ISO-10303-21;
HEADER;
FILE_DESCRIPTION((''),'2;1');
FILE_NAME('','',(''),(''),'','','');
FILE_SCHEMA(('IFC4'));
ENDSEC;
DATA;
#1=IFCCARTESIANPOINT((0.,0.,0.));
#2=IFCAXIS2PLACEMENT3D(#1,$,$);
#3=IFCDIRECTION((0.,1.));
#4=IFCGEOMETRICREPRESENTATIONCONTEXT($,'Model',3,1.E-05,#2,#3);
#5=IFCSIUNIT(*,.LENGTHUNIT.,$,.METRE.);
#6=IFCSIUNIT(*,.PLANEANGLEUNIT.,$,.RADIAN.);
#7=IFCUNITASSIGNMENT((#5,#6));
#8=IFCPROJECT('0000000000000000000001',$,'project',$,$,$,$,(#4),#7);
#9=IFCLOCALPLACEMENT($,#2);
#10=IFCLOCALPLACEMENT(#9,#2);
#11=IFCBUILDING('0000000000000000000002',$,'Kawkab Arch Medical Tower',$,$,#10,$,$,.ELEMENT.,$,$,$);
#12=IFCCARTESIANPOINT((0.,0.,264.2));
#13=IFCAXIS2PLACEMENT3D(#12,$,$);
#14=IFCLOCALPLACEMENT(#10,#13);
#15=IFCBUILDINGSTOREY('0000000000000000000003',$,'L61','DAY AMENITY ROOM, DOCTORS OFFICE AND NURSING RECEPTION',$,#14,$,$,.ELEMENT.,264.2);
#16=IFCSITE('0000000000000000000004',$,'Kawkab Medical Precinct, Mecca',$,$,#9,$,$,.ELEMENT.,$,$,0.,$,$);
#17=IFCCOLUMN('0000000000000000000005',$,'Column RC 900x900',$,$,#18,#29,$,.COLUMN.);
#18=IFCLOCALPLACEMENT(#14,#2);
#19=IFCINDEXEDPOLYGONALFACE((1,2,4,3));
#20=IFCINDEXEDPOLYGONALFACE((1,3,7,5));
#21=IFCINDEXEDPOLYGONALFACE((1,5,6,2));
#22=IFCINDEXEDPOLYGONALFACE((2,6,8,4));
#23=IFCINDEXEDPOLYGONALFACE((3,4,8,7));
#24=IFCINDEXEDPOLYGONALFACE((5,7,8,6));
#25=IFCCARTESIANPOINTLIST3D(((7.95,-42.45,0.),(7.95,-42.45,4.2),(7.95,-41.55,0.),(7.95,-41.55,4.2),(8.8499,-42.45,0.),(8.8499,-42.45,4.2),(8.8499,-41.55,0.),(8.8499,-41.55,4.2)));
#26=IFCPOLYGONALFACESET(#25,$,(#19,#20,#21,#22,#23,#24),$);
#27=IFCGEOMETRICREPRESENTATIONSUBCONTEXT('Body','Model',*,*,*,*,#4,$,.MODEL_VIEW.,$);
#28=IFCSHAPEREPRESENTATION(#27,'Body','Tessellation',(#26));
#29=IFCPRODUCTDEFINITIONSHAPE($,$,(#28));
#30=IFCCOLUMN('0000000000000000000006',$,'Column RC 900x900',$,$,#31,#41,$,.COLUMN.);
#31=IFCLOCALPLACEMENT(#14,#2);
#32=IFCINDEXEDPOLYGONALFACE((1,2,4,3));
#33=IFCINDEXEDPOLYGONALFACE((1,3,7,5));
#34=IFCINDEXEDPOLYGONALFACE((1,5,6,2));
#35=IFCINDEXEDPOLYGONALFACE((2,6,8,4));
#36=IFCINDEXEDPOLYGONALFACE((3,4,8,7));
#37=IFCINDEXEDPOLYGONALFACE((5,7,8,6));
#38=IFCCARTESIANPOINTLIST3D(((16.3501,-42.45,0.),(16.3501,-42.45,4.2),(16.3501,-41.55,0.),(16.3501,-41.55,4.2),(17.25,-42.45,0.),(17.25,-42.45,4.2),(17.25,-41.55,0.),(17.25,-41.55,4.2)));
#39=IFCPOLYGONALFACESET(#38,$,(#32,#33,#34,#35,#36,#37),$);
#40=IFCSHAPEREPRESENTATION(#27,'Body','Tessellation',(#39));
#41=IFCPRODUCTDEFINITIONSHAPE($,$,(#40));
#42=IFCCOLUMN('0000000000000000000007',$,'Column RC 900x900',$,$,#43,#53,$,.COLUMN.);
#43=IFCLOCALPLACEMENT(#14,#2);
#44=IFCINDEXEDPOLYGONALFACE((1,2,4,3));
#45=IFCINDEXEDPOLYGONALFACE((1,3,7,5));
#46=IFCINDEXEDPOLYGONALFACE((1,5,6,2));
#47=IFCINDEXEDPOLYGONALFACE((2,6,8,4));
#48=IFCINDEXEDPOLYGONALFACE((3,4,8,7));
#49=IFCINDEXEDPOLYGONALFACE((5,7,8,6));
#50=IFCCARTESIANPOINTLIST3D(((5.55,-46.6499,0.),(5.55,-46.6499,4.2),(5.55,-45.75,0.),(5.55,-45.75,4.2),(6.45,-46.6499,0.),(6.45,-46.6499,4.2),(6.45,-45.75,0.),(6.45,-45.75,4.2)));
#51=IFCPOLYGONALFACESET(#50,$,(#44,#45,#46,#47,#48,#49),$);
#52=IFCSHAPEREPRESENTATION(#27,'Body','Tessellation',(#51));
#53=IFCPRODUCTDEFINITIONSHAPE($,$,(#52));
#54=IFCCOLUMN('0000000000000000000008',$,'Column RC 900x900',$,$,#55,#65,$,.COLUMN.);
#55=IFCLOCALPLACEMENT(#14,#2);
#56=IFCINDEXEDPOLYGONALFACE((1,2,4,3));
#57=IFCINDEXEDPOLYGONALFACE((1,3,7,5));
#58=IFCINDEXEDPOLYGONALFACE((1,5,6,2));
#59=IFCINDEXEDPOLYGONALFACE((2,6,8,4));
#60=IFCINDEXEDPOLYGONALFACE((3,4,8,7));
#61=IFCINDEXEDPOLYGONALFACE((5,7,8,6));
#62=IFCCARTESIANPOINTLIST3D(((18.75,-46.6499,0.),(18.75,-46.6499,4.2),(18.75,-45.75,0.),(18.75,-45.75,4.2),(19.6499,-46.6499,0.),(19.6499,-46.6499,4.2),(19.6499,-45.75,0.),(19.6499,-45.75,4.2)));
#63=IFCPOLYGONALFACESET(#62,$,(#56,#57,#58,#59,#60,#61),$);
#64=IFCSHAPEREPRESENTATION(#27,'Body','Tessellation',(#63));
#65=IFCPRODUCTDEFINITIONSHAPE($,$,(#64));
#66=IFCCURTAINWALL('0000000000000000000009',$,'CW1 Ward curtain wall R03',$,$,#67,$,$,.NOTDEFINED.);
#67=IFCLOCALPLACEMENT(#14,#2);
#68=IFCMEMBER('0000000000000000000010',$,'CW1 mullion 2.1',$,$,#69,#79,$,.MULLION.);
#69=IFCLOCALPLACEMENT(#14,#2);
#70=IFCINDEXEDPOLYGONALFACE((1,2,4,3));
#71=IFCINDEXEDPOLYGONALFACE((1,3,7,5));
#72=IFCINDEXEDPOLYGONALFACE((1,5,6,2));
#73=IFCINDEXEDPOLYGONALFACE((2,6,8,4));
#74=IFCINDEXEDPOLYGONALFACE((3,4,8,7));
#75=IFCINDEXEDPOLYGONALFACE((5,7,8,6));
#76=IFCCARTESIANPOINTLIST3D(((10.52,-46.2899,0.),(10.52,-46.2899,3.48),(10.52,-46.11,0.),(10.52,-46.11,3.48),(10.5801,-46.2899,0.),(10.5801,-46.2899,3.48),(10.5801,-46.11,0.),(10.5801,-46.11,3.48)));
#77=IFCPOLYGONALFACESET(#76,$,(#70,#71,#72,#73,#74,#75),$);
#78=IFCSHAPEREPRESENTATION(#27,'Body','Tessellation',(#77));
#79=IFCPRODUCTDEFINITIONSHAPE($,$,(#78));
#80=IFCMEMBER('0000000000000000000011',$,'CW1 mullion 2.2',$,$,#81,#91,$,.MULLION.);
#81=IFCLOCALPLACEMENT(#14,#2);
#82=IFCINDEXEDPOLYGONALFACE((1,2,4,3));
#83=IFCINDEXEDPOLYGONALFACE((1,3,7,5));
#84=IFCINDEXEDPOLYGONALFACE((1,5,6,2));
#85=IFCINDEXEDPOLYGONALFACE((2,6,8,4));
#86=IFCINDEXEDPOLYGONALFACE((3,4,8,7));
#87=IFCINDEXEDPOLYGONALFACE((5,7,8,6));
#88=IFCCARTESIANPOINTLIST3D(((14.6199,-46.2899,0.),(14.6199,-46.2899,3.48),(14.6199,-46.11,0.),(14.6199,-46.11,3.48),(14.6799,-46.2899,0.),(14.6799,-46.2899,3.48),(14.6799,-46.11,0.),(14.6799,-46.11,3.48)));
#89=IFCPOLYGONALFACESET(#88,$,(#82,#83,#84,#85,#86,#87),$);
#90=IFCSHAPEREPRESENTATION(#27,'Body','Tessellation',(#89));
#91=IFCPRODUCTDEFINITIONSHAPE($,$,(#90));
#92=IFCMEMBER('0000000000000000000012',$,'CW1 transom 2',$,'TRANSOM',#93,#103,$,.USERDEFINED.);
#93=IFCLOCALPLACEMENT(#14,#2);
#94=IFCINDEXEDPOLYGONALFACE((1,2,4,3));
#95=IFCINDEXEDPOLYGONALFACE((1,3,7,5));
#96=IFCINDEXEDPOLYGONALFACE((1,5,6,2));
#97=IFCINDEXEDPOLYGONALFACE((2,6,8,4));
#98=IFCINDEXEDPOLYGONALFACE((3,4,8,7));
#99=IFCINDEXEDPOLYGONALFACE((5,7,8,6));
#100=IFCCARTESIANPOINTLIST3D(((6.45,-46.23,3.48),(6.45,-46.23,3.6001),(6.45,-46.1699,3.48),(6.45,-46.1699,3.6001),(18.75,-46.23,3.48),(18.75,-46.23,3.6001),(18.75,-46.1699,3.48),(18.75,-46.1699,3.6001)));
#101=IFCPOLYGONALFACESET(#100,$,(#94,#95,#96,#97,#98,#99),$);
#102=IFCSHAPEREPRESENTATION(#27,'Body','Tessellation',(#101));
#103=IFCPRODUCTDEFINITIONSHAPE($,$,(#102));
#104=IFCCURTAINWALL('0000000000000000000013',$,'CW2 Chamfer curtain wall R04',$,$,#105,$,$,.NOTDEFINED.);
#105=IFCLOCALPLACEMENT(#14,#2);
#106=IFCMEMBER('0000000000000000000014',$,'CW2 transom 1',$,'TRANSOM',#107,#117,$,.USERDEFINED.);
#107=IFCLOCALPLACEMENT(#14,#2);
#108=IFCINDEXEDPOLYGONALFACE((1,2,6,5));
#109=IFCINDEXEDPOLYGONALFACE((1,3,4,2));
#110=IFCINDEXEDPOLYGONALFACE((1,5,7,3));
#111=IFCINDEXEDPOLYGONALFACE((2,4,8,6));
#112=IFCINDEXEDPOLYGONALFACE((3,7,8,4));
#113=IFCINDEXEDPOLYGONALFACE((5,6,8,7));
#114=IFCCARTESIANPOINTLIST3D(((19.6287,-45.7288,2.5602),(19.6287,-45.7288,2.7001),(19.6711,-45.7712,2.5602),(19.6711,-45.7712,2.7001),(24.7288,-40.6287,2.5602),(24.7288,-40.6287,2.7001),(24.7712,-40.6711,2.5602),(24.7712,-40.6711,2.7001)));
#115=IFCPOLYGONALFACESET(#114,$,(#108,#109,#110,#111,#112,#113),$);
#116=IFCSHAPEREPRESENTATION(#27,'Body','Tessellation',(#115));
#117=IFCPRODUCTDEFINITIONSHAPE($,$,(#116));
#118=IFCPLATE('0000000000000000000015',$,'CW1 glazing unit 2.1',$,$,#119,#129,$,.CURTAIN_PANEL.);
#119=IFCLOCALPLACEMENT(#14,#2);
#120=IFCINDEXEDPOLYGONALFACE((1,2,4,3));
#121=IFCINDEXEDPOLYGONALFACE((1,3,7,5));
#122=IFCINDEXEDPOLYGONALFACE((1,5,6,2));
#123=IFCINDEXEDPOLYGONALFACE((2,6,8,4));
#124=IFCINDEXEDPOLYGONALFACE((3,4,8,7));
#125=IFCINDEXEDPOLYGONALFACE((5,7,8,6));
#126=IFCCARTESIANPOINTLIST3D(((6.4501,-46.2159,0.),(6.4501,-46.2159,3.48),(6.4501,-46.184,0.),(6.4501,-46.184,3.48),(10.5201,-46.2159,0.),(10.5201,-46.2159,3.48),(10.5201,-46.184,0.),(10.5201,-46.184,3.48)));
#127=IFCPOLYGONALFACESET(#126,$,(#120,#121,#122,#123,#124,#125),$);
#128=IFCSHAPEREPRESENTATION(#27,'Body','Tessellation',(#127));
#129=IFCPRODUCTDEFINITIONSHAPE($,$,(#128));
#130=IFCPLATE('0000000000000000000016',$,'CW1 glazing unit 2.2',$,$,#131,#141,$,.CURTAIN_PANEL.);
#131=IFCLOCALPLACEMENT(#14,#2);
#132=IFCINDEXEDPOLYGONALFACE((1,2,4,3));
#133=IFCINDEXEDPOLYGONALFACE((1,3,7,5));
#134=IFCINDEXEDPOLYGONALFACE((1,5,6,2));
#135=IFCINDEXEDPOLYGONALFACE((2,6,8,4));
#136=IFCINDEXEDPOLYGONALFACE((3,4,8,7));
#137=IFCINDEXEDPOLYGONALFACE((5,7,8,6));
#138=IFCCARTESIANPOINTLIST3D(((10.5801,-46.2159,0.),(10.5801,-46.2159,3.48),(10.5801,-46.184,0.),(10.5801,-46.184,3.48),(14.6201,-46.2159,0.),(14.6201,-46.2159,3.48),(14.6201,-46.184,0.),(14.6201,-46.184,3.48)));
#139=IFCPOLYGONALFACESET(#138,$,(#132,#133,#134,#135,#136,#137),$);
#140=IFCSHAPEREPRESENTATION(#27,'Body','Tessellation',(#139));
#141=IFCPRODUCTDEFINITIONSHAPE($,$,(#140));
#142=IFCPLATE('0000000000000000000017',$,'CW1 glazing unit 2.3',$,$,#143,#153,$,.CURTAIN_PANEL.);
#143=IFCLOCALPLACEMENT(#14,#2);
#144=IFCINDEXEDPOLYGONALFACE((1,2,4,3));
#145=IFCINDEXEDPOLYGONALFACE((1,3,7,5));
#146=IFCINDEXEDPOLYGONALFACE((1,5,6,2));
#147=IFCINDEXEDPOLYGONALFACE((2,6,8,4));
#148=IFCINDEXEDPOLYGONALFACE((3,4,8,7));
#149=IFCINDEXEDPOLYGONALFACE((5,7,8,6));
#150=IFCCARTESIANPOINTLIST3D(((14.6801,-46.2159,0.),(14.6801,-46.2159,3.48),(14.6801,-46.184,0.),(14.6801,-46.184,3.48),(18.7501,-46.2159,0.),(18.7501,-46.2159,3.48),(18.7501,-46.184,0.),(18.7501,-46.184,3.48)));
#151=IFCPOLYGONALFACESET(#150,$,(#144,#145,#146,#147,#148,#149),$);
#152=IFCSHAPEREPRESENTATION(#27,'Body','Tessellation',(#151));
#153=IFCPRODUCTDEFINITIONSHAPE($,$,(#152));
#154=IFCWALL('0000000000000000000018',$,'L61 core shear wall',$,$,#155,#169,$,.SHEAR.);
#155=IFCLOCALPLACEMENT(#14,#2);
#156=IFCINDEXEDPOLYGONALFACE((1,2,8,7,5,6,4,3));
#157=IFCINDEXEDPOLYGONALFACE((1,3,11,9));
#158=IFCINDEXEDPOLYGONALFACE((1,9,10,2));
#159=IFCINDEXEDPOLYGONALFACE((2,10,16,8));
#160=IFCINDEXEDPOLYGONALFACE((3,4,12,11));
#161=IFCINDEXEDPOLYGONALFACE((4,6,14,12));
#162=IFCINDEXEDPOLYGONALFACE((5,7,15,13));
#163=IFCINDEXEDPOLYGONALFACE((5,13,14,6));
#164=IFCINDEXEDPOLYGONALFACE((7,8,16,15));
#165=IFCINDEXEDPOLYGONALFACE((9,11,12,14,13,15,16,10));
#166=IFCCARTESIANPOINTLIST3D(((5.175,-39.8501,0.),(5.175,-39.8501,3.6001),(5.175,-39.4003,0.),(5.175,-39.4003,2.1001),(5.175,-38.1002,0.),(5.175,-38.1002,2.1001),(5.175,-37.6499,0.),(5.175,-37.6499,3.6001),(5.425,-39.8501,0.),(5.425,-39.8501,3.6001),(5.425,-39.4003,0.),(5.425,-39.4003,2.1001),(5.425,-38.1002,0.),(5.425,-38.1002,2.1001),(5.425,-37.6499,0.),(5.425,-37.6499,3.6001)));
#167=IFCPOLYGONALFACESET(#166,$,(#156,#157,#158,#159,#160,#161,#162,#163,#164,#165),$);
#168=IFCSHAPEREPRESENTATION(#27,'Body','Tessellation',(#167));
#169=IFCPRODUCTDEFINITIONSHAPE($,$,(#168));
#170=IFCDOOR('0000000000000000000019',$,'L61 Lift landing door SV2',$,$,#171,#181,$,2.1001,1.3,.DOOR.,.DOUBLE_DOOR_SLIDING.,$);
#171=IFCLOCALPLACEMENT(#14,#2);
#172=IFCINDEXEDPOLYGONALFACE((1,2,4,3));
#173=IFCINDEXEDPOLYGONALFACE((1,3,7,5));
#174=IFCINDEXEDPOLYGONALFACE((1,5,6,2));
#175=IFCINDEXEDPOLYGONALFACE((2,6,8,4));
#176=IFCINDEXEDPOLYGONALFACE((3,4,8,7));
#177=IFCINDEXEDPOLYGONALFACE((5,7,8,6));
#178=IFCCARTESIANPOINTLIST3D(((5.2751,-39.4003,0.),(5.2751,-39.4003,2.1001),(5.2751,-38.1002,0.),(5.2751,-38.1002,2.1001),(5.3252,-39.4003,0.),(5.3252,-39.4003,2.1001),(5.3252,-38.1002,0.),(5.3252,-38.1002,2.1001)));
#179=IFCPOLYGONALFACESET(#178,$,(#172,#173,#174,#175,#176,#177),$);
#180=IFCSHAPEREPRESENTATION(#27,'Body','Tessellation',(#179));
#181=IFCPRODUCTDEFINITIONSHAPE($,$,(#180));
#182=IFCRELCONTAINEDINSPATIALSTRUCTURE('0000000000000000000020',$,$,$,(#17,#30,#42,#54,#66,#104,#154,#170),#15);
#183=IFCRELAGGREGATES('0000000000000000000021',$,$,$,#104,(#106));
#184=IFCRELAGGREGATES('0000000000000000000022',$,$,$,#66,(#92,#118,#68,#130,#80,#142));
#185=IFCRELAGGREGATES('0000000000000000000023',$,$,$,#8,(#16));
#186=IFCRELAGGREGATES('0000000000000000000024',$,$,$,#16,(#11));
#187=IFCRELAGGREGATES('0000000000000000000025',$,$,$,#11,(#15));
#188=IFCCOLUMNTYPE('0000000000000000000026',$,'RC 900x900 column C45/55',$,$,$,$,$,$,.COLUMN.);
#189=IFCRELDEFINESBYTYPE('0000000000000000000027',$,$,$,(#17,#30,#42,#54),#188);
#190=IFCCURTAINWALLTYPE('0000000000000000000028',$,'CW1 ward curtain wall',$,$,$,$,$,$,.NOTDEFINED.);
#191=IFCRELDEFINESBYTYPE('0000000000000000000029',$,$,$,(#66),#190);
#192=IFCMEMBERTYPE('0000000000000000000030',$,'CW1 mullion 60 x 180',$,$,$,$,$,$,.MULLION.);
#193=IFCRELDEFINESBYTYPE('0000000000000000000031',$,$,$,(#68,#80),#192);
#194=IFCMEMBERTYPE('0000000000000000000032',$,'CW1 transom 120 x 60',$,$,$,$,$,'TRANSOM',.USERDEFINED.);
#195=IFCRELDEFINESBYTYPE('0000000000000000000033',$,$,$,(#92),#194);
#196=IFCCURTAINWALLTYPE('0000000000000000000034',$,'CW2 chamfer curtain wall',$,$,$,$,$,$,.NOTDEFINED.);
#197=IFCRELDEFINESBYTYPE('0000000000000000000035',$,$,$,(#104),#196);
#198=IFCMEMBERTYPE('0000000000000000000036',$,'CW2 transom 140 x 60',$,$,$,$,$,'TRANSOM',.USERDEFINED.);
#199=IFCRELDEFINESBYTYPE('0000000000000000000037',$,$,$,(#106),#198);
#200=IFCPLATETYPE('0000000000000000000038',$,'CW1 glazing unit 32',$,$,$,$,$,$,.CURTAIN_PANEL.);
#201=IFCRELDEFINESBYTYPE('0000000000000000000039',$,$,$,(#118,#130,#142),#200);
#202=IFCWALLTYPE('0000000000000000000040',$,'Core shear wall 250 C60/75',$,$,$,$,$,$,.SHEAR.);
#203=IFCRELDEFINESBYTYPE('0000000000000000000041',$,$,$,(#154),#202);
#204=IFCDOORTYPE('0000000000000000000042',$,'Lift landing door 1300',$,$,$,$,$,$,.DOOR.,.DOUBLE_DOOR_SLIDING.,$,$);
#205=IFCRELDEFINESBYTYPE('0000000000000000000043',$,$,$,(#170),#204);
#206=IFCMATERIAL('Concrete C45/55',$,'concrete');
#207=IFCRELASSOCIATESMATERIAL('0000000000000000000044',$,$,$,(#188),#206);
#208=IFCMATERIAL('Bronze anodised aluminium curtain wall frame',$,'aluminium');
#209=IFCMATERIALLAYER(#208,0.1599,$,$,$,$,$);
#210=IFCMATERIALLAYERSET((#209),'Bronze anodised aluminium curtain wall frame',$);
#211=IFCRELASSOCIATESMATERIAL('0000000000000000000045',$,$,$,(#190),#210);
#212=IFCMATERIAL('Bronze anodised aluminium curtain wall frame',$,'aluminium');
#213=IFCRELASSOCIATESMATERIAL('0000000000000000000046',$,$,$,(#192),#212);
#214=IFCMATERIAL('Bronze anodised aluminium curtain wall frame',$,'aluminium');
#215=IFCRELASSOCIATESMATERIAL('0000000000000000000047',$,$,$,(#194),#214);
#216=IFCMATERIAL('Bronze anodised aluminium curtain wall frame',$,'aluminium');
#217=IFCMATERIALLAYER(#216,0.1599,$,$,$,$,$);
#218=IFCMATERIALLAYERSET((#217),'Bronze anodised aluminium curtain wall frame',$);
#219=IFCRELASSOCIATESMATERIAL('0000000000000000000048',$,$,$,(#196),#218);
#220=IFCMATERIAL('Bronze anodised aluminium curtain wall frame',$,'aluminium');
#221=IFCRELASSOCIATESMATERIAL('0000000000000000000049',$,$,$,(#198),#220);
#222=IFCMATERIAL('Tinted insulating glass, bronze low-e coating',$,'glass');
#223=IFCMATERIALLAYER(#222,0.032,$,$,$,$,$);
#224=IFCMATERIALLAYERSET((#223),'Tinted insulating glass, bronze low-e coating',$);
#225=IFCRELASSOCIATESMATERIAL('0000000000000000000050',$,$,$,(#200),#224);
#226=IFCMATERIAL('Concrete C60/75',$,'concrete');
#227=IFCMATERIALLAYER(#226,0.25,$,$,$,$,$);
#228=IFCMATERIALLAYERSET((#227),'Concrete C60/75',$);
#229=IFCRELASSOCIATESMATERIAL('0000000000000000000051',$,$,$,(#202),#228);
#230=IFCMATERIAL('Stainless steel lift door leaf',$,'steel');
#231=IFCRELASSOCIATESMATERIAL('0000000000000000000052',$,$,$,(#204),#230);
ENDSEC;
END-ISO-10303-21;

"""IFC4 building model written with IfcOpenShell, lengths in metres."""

from ifc_helpers import new_model, si_unit, direction, frame, frame_2d, origin, origin_2d, place, context, subcontext, project, spatial, rectangle, extrude, material, layer, layer_set, material_profile, profile_set, type_object, element, fill, aggregate, save


model = new_model("IFC4")

# Units and contexts
model_context = context("Model", 3, precision=1e-05, world=origin(), true_north=direction((0.0, 1.0)))
body_context = subcontext(model_context, "Body", "Model", "MODEL_VIEW")
ifc_project = project(units=[si_unit("LENGTHUNIT", "METRE"), si_unit("PLANEANGLEUNIT", "RADIAN")], contexts=[model_context])

# Site, building, storey
site_placement = place(None, origin())
site = spatial("IfcSite", under=ifc_project, at=site_placement, Name="Kawkab Medical Precinct, Mecca", CompositionType="ELEMENT", RefElevation=0.0)
building_placement = place(site_placement, origin())
building = spatial("IfcBuilding", under=site, at=building_placement, Name="Kawkab Arch Medical Tower", CompositionType="ELEMENT")
storey_placement = place(building_placement, frame((0.0, 0.0, 264.2)))
storey = spatial("IfcBuildingStorey", under=building, at=storey_placement, Name="L61", Description="DAY AMENITY ROOM, DOCTORS OFFICE AND NURSING RECEPTION", CompositionType="ELEMENT", Elevation=264.2)

# Columns
ifc_material_1 = material(Name="Concrete C45/55", Category="concrete")
ifc_material_profile_1 = material_profile(ifc_material_1, rectangle(XDim=0.8999, YDim=0.8999, at=origin_2d()), Name="RC 900x900")
ifc_profile_set_1 = profile_set([ifc_material_profile_1], Name="Concrete C45/55")
column_type = type_object("IfcColumnType", Name="RC 900x900 column C45/55", PredefinedType="COLUMN", material=ifc_profile_set_1)
for number, where, z_axis, x_axis, name in (
    (1, (8.3999, -42.0, 0.0), (0.0, 0.0, 1.0), (1.0, 0.0, 0.0), "Column RC 900x900"),
    (2, (16.8, -42.0, 0.0), (0.0, 0.0, 1.0), (1.0, 0.0, 0.0), "Column RC 900x900"),
    (3, (6.0, -46.2, 0.0), (0.0, 0.0, 1.0), (1.0, 0.0, 0.0), "Column RC 900x900"),
    (4, (19.2, -46.2, 0.0), (0.0, 0.0, 1.0), (1.0, 0.0, 0.0), "Column RC 900x900"),
):
    element("IfcColumn", number, at=place(storey_placement, frame(where, z_axis=z_axis, x_axis=x_axis)), inside=storey, type_object=column_type, Name=name, PredefinedType="COLUMN", context=body_context, shape_type="SweptSolid", body=[
        extrude(rectangle(XDim=0.8999, YDim=0.8999, at=origin_2d()), origin(), (0.0, 0.0, 1.0), 4.2),
    ])

# Curtain wall, members
ifc_material_2 = material(Name="Bronze anodised aluminium curtain wall frame", Category="aluminium")
ifc_layer_1 = layer(ifc_material_2, 0.1599)
ifc_layer_set_1 = layer_set([ifc_layer_1], Name="Bronze anodised aluminium curtain wall frame")
curtain_wall_type_1 = type_object("IfcCurtainWallType", Name="CW1 ward curtain wall", PredefinedType="NOTDEFINED", material=ifc_layer_set_1)
placement = place(storey_placement, origin())
curtain_wall_1 = element("IfcCurtainWall", 5, at=placement, inside=storey, type_object=curtain_wall_type_1, Name="CW1 Ward curtain wall R03", PredefinedType="NOTDEFINED")
ifc_material_3 = material(Name="Bronze anodised aluminium curtain wall frame", Category="aluminium")
ifc_material_profile_2 = material_profile(ifc_material_3, rectangle(XDim=0.1799, YDim=0.0601, at=origin_2d()), Name="AL 60x180")
ifc_profile_set_2 = profile_set([ifc_material_profile_2], Name="Bronze anodised aluminium curtain wall frame")
member_type_1 = type_object("IfcMemberType", Name="CW1 mullion 60 x 180", PredefinedType="MULLION", material=ifc_profile_set_2)
member_1_placement = place(storey_placement, frame((10.55, -46.2, 0.0), z_axis=(0.0, 0.0, 1.0), x_axis=(0.0, 1.0, 0.0)))
member_1 = element("IfcMember", 6, at=member_1_placement, type_object=member_type_1, Name="CW1 mullion 2.1", PredefinedType="MULLION", context=body_context, shape_type="SweptSolid", body=[
    extrude(rectangle(XDim=0.1799, YDim=0.0601, at=origin_2d()), origin(), (0.0, 0.0, 1.0), 3.48),
])
member_2_placement = place(storey_placement, frame((14.6499, -46.2, 0.0), z_axis=(0.0, 0.0, 1.0), x_axis=(0.0, 1.0, 0.0)))
member_2 = element("IfcMember", 7, at=member_2_placement, type_object=member_type_1, Name="CW1 mullion 2.2", PredefinedType="MULLION", context=body_context, shape_type="SweptSolid", body=[
    extrude(rectangle(XDim=0.1799, YDim=0.0601, at=origin_2d()), origin(), (0.0, 0.0, 1.0), 3.48),
])
ifc_material_4 = material(Name="Bronze anodised aluminium curtain wall frame", Category="aluminium")
ifc_material_profile_3 = material_profile(ifc_material_4, rectangle(XDim=0.0601, YDim=0.1201, at=origin_2d()), Name="AL 60x120")
ifc_profile_set_3 = profile_set([ifc_material_profile_3], Name="Bronze anodised aluminium curtain wall frame")
member_type_2 = type_object("IfcMemberType", Name="CW1 transom 120 x 60", ElementType="TRANSOM", PredefinedType="USERDEFINED", material=ifc_profile_set_3)
member_3_placement = place(storey_placement, frame((6.45, -46.2, 3.54), z_axis=(1.0, 0.0, 0.0), x_axis=(0.0, 1.0, 0.0)))
member_3 = element("IfcMember", 8, at=member_3_placement, type_object=member_type_2, Name="CW1 transom 2", ObjectType="TRANSOM", PredefinedType="USERDEFINED", context=body_context, shape_type="SweptSolid", body=[
    extrude(rectangle(XDim=0.0601, YDim=0.1201, at=origin_2d()), origin(), (0.0, 0.0, 1.0), 12.3),
])

# Curtain wall, member
ifc_material_5 = material(Name="Bronze anodised aluminium curtain wall frame", Category="aluminium")
ifc_layer_2 = layer(ifc_material_5, 0.1599)
ifc_layer_set_2 = layer_set([ifc_layer_2], Name="Bronze anodised aluminium curtain wall frame")
curtain_wall_type_2 = type_object("IfcCurtainWallType", Name="CW2 chamfer curtain wall", PredefinedType="NOTDEFINED", material=ifc_layer_set_2)
curtain_wall_2 = element("IfcCurtainWall", 9, at=placement, inside=storey, type_object=curtain_wall_type_2, Name="CW2 Chamfer curtain wall R04", PredefinedType="NOTDEFINED")
ifc_material_6 = material(Name="Bronze anodised aluminium curtain wall frame", Category="aluminium")
ifc_material_profile_4 = material_profile(ifc_material_6, rectangle(XDim=0.0601, YDim=0.1399, at=origin_2d()), Name="AL 60x140")
ifc_profile_set_4 = profile_set([ifc_material_profile_4], Name="Bronze anodised aluminium curtain wall frame")
member_type_3 = type_object("IfcMemberType", Name="CW2 transom 140 x 60", ElementType="TRANSOM", PredefinedType="USERDEFINED", material=ifc_profile_set_4)
member_4_placement = place(storey_placement, frame((19.6499, -45.75, 2.6301), z_axis=(0.707107, 0.707107, 0.0), x_axis=(-0.707107, 0.707107, 0.0)))
member_4 = element("IfcMember", 10, at=member_4_placement, type_object=member_type_3, Name="CW2 transom 1", ObjectType="TRANSOM", PredefinedType="USERDEFINED", context=body_context, shape_type="SweptSolid", body=[
    extrude(rectangle(XDim=0.0601, YDim=0.1399, at=origin_2d()), origin(), (0.0, 0.0, 1.0), 7.2126),
])
aggregate(curtain_wall_2, [member_4])

# Plates
ifc_material_7 = material(Name="Tinted insulating glass, bronze low-e coating", Category="glass")
ifc_layer_3 = layer(ifc_material_7, 0.032)
ifc_layer_set_3 = layer_set([ifc_layer_3], Name="Tinted insulating glass, bronze low-e coating")
plate_type = type_object("IfcPlateType", Name="CW1 glazing unit 32", PredefinedType="CURTAIN_PANEL", material=ifc_layer_set_3)
plate_1_placement = place(storey_placement, frame((8.4851, -46.2, 0.0), z_axis=(0.0, 0.0, 1.0), x_axis=(1.0, 0.0, 0.0)))
plate_1 = element("IfcPlate", 11, at=plate_1_placement, type_object=plate_type, Name="CW1 glazing unit 2.1", PredefinedType="CURTAIN_PANEL", context=body_context, shape_type="SweptSolid", body=[
    extrude(rectangle(XDim=4.0701, YDim=0.032, at=origin_2d()), origin(), (0.0, 0.0, 1.0), 3.48),
])
plate_2_placement = place(storey_placement, frame((12.6001, -46.2, 0.0), z_axis=(0.0, 0.0, 1.0), x_axis=(1.0, 0.0, 0.0)))
plate_2 = element("IfcPlate", 12, at=plate_2_placement, type_object=plate_type, Name="CW1 glazing unit 2.2", PredefinedType="CURTAIN_PANEL", context=body_context, shape_type="SweptSolid", body=[
    extrude(rectangle(XDim=4.04, YDim=0.032, at=origin_2d()), origin(), (0.0, 0.0, 1.0), 3.48),
])
plate_3_placement = place(storey_placement, frame((16.7151, -46.2, 0.0), z_axis=(0.0, 0.0, 1.0), x_axis=(1.0, 0.0, 0.0)))
plate_3 = element("IfcPlate", 13, at=plate_3_placement, type_object=plate_type, Name="CW1 glazing unit 2.3", PredefinedType="CURTAIN_PANEL", context=body_context, shape_type="SweptSolid", body=[
    extrude(rectangle(XDim=4.0701, YDim=0.032, at=origin_2d()), origin(), (0.0, 0.0, 1.0), 3.48),
])
aggregate(curtain_wall_1, [member_3, plate_1, member_1, plate_2, member_2, plate_3])

# Wall, opening, door
ifc_material_8 = material(Name="Concrete C60/75", Category="concrete")
ifc_layer_4 = layer(ifc_material_8, 0.25)
ifc_layer_set_4 = layer_set([ifc_layer_4], Name="Concrete C60/75")
wall_type_1 = type_object("IfcWallType", Name="Core shear wall 250 C60/75", PredefinedType="SHEAR", material=ifc_layer_set_4)
wall_1_placement = place(storey_placement, frame((5.3, -39.8501, 0.0), z_axis=(0.0, 0.0, 1.0), x_axis=(0.0, 1.0, 0.0)))
wall_1 = element("IfcWall", 14, at=wall_1_placement, inside=storey, type_object=wall_type_1, Name="L61 core shear wall", PredefinedType="SHEAR", context=body_context, shape_type="SweptSolid", body=[
    extrude(rectangle(XDim=2.2002, YDim=0.25, at=frame_2d((1.1001, 0.0))), origin(), (0.0, 0.0, 1.0), 3.6001),
])
opening_1_placement = place(wall_1_placement, frame((0.45, 0.0, 0.0)))
opening_1 = element("IfcOpeningElement", 15, at=opening_1_placement, cuts=wall_1, PredefinedType="OPENING", context=body_context, shape_type="SweptSolid", body=[
    extrude(rectangle(XDim=1.3, YDim=2.1001, at=frame_2d((0.6499, 1.05))), frame((0.0, 0.135, 0.0), z_axis=(0.0, -1.0, 0.0), x_axis=(1.0, 0.0, 0.0)), (0.0, 0.0, 1.0), 0.27),
])
ifc_material_9 = material(Name="Stainless steel lift door leaf", Category="steel")
door_type_1 = type_object("IfcDoorType", Name="Lift landing door 1300", OperationType="DOUBLE_DOOR_SLIDING", PredefinedType="DOOR", material=ifc_material_9)
door_1_placement = place(opening_1_placement, origin())
door_1 = element("IfcDoor", 16, at=door_1_placement, inside=storey, type_object=door_type_1, Name="L61 Lift landing door SV2", OperationType="DOUBLE_DOOR_SLIDING", OverallHeight=2.1001, OverallWidth=1.3, PredefinedType="DOOR", context=body_context, shape_type="SweptSolid", body=[
    extrude(rectangle(XDim=1.3, YDim=2.1001, at=frame_2d((0.6499, 1.05))), frame((0.0, 0.0249, 0.0), z_axis=(0.0, -1.0, 0.0), x_axis=(1.0, 0.0, 0.0)), (0.0, 0.0, 1.0), 0.05),
])
fill(opening_1, door_1)

save(model, "model.ifc")
